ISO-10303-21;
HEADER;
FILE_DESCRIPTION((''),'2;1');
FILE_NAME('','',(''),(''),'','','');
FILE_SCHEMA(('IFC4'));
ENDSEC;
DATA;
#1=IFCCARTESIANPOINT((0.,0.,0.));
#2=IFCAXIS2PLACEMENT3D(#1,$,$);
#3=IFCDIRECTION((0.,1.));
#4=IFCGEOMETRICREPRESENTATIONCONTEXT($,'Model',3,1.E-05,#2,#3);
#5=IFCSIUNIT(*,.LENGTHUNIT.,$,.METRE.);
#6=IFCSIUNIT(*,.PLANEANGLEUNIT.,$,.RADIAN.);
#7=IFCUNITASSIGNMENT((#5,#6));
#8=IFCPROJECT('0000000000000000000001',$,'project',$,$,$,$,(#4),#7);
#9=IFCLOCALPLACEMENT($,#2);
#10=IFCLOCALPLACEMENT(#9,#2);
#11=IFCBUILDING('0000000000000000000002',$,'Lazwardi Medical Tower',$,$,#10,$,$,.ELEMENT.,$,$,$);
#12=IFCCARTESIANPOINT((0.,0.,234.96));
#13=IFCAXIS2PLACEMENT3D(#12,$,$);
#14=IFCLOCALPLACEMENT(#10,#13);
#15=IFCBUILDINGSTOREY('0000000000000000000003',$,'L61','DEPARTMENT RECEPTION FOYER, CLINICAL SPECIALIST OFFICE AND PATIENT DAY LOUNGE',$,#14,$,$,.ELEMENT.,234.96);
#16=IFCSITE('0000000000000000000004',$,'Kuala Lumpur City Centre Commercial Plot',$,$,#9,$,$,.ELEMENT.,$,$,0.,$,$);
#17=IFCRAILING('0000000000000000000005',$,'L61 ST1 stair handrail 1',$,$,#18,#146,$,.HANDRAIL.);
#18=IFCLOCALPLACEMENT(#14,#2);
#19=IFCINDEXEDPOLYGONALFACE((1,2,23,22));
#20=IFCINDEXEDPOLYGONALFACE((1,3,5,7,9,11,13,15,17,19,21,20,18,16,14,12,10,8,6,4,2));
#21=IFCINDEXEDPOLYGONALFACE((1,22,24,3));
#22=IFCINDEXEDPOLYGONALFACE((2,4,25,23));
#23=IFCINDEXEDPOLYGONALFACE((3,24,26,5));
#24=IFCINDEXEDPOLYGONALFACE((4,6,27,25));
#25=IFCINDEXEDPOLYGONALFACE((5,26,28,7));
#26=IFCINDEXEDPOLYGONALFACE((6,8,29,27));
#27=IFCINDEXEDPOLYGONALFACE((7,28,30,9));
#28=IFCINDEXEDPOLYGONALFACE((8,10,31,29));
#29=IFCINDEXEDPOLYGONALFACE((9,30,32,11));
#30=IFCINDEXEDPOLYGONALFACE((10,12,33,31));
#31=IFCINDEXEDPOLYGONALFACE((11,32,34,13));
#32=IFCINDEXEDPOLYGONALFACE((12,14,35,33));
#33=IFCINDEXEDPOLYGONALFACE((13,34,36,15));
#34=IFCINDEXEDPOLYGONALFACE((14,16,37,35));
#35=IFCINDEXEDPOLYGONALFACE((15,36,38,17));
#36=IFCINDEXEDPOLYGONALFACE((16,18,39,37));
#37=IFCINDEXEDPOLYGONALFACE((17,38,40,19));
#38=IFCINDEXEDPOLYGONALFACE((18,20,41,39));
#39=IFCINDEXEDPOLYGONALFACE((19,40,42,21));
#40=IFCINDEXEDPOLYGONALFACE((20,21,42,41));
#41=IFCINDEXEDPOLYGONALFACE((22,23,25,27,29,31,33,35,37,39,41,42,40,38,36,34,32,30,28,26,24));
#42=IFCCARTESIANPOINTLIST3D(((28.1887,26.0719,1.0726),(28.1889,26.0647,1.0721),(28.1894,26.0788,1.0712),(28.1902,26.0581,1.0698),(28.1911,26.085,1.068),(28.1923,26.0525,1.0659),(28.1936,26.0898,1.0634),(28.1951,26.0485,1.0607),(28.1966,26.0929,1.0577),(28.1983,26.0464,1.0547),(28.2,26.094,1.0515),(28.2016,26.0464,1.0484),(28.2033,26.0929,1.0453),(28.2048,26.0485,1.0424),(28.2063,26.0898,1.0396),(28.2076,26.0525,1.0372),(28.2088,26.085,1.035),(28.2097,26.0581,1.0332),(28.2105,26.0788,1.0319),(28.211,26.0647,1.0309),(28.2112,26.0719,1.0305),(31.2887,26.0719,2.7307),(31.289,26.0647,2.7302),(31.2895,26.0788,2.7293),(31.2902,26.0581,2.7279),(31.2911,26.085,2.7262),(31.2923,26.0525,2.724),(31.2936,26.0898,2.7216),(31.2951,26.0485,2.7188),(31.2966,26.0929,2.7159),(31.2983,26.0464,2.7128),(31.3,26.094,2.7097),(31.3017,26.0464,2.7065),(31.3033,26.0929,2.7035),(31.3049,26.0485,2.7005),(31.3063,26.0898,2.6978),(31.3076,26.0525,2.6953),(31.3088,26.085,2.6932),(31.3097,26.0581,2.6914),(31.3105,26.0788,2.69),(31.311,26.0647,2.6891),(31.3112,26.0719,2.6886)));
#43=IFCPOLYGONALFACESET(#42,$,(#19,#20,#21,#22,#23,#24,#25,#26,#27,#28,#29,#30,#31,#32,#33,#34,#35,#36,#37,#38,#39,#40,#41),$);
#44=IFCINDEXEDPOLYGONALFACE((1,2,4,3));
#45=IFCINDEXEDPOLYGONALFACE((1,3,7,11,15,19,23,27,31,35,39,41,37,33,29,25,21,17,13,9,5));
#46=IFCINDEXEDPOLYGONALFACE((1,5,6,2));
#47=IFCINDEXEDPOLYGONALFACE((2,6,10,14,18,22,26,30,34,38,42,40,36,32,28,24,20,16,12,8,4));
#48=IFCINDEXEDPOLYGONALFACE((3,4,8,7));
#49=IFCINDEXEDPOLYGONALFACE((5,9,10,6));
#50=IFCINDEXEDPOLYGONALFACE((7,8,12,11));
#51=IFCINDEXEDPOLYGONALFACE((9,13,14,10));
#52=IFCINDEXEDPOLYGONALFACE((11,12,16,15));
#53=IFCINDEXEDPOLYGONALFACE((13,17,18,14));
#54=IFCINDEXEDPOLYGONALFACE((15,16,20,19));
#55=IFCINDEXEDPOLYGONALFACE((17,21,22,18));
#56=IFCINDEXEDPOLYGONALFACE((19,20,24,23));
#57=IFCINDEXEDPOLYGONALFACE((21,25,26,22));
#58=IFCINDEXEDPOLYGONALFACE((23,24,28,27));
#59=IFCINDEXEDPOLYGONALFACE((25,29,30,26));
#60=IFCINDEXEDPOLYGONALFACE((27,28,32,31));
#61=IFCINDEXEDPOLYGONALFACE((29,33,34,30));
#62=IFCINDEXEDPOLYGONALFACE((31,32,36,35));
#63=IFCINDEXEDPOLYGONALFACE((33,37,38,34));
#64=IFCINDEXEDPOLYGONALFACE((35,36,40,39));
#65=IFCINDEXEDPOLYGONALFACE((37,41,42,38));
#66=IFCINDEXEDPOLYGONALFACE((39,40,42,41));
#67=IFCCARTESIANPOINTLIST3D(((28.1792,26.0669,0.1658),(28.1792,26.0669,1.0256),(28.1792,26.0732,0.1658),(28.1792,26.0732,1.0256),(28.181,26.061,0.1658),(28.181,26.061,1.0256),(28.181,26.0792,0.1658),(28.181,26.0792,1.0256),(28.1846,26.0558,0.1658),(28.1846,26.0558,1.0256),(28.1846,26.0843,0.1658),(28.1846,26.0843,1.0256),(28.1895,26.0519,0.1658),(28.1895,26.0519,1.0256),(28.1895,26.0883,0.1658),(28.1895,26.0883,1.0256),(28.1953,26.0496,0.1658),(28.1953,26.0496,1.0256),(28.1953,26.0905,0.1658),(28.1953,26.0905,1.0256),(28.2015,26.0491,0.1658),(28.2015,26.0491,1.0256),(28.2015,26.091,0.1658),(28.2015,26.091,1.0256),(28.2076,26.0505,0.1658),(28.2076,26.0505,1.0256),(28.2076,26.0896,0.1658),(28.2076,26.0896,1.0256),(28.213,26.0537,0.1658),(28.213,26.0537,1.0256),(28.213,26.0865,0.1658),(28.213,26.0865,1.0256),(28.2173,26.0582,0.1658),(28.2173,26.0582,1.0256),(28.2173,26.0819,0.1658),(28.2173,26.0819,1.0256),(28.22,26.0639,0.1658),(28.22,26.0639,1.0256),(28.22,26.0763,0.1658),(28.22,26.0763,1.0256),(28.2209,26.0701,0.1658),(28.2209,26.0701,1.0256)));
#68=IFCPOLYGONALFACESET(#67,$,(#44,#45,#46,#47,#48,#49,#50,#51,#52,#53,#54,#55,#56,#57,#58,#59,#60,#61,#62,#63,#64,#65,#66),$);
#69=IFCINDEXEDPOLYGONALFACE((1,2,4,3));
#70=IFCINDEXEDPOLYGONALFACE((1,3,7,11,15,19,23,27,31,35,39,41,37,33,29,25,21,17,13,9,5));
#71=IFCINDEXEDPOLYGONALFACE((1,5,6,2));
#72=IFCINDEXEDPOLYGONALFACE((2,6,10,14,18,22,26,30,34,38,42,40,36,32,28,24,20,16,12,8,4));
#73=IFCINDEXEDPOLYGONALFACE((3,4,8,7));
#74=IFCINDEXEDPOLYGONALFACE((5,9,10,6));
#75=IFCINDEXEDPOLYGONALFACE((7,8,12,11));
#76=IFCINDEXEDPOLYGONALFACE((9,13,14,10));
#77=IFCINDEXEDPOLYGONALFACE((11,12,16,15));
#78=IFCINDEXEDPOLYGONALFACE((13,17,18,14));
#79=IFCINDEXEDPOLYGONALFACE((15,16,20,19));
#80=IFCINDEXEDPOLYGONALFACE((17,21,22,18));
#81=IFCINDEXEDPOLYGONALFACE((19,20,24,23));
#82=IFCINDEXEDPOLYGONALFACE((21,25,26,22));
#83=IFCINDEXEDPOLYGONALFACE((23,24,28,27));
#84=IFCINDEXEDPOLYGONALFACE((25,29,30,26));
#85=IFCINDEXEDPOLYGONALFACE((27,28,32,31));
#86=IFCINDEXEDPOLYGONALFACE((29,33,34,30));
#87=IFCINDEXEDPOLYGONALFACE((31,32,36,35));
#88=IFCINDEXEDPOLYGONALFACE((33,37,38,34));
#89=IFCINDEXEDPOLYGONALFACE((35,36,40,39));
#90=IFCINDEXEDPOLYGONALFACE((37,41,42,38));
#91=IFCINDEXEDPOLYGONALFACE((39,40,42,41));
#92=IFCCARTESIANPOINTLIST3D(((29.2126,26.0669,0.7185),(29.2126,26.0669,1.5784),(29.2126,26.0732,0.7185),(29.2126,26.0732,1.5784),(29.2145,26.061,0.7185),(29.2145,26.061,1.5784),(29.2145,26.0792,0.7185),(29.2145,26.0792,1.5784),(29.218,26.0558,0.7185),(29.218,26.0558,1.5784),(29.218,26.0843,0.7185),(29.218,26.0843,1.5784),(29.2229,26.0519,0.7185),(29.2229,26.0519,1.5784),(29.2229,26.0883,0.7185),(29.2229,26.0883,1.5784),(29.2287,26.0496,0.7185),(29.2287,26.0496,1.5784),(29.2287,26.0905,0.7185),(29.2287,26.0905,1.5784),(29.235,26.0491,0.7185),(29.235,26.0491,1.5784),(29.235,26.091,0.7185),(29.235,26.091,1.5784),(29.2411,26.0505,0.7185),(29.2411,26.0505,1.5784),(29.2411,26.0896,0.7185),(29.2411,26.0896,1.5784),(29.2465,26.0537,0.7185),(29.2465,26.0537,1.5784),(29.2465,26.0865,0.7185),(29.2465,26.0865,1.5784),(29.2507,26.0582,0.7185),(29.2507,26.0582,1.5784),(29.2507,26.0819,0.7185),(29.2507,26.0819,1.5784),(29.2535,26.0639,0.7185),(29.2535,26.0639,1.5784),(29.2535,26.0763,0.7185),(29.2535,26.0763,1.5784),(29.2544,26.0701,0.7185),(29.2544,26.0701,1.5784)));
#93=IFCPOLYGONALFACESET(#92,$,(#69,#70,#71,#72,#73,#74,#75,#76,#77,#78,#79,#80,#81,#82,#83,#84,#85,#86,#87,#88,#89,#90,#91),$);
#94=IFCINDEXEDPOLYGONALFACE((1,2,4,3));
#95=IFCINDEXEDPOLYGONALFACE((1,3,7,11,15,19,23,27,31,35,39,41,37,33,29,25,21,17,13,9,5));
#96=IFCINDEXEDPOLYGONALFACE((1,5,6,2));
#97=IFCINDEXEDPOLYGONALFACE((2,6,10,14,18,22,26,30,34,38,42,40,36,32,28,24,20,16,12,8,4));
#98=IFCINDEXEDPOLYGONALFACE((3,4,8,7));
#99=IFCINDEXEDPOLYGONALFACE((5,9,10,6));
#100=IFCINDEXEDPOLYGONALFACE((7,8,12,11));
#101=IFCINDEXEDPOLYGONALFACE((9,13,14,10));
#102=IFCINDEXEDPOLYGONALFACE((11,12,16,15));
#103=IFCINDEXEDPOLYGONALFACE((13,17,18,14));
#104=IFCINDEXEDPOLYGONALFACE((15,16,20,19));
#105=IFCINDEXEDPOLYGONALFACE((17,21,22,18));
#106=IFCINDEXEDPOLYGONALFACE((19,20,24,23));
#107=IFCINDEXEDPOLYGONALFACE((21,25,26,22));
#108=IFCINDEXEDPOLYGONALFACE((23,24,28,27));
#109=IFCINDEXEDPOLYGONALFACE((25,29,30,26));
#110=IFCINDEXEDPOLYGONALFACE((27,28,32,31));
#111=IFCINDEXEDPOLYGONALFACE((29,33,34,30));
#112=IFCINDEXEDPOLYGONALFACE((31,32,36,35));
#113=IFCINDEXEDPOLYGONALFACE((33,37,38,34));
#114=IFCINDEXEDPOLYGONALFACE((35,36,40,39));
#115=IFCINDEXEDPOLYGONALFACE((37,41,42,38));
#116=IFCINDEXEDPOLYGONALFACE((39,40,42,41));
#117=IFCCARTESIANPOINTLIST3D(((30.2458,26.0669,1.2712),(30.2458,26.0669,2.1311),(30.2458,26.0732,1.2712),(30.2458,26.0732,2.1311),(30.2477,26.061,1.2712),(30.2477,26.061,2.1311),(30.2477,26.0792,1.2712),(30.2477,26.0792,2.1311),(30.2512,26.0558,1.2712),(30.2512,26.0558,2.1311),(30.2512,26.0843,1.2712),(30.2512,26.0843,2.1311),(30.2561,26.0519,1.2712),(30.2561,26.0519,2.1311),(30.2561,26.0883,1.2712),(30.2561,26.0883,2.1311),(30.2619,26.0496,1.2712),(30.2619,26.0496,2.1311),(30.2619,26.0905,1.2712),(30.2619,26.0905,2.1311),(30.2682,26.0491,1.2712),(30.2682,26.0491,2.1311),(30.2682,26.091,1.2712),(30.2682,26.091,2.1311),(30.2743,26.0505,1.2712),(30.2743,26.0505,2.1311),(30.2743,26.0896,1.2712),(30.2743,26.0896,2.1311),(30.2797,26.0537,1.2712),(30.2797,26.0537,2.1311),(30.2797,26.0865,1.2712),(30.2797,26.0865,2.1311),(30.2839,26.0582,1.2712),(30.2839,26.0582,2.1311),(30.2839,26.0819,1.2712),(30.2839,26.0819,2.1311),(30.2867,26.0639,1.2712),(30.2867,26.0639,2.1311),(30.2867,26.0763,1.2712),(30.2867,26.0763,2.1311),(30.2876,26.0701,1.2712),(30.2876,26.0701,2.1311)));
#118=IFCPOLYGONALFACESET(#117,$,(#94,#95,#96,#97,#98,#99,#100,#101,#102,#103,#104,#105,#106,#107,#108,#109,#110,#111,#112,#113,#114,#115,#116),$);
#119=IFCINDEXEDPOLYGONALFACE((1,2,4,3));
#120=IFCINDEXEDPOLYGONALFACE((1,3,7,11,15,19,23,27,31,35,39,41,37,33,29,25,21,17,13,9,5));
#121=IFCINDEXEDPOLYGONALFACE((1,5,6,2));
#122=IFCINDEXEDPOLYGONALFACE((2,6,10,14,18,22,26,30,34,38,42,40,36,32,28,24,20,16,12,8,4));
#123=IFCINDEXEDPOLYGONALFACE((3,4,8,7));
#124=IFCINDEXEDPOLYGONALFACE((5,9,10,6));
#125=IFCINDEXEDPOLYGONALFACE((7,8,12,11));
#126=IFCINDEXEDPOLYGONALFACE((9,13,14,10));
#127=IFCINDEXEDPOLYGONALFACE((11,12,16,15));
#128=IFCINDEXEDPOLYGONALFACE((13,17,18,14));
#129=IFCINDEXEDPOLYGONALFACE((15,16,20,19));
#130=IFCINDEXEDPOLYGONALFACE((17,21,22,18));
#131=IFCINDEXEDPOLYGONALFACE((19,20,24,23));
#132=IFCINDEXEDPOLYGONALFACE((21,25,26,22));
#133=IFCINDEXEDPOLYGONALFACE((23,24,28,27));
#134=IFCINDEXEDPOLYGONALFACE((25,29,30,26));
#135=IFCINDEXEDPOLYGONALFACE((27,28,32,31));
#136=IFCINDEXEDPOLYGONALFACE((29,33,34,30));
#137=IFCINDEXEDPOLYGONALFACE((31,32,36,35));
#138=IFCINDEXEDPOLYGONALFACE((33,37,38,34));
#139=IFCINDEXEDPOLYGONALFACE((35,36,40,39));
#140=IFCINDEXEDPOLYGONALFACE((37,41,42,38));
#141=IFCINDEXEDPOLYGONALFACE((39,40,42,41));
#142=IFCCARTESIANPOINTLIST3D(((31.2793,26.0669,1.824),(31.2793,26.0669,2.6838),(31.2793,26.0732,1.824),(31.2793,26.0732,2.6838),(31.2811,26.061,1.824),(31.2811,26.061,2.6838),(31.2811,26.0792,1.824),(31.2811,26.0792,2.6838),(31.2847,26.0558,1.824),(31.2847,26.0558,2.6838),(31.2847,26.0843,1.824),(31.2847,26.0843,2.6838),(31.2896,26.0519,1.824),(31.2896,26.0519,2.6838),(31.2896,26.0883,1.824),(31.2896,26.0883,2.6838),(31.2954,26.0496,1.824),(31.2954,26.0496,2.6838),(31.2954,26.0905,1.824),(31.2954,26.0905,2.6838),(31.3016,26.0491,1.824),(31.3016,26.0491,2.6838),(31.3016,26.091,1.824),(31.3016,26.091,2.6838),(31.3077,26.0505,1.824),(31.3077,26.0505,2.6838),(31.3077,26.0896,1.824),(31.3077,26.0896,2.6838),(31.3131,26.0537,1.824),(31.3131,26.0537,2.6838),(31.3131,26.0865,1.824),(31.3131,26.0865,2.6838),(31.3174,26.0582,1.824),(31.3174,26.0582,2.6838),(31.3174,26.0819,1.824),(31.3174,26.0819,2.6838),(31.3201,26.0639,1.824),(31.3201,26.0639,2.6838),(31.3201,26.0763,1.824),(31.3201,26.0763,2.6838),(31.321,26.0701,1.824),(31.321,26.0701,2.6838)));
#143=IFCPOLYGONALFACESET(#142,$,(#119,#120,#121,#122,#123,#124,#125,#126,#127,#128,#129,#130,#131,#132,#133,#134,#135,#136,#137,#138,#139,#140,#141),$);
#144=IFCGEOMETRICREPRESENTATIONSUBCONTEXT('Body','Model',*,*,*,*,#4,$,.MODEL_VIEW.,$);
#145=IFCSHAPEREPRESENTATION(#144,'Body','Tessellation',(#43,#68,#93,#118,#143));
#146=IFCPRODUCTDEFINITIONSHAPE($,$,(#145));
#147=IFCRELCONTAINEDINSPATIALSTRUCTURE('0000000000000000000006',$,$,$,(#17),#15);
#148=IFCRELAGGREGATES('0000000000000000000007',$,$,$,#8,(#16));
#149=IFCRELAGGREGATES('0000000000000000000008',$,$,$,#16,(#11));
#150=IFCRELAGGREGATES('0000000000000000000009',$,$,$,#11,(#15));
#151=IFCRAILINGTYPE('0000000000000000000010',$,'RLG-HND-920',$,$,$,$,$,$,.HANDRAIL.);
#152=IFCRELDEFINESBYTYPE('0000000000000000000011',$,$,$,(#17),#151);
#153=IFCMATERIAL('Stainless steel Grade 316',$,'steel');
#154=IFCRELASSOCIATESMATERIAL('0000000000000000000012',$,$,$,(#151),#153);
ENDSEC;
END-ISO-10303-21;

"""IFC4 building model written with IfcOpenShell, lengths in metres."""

from ifc_helpers import new_model, si_unit, direction, frame, origin, origin_2d, place, context, subcontext, project, spatial, circle, extrude, material, type_object, element, save


model = new_model("IFC4")

# Units and contexts
model_context = context("Model", 3, precision=1e-05, world=origin(), true_north=direction((0.0, 1.0)))
body_context = subcontext(model_context, "Body", "Model", "MODEL_VIEW")
ifc_project = project(units=[si_unit("LENGTHUNIT", "METRE"), si_unit("PLANEANGLEUNIT", "RADIAN")], contexts=[model_context])

# Site, building, storey
site_placement = place(None, origin())
site = spatial("IfcSite", under=ifc_project, at=site_placement, Name="Kuala Lumpur City Centre Commercial Plot", CompositionType="ELEMENT", RefElevation=0.0)
building_placement = place(site_placement, origin())
building = spatial("IfcBuilding", under=site, at=building_placement, Name="Lazwardi Medical Tower", CompositionType="ELEMENT")
storey_placement = place(building_placement, frame((0.0, 0.0, 234.96)))
storey = spatial("IfcBuildingStorey", under=building, at=storey_placement, Name="L61", Description="DEPARTMENT RECEPTION FOYER, CLINICAL SPECIALIST OFFICE AND PATIENT DAY LOUNGE", CompositionType="ELEMENT", Elevation=234.96)

# Railing
ifc_material_1 = material(Name="Stainless steel Grade 316", Category="steel")
railing_type_1 = type_object("IfcRailingType", Name="RLG-HND-920", PredefinedType="HANDRAIL", material=ifc_material_1)
railing_1_placement = place(storey_placement, frame((28.2, 26.0701, 0.1658)))
element("IfcRailing", 1, at=railing_1_placement, inside=storey, type_object=railing_type_1, Name="L61 ST1 stair handrail 1", PredefinedType="HANDRAIL", context=body_context, shape_type="SweptSolid", body=[
    extrude(circle(Radius=0.0239, at=origin_2d()), frame((0.0, 0.0, 0.8857), z_axis=(0.881783, 0.0, 0.471655), x_axis=(0.0, 1.0, 0.0)), (0.0, 0.0, 1.0), 3.5156),
    extrude(circle(Radius=0.021, at=origin_2d()), origin(), (0.0, 0.0, 1.0), 0.8599),
    extrude(circle(Radius=0.021, at=origin_2d()), frame((1.0334, 0.0, 0.5527)), (0.0, 0.0, 1.0), 0.8599),
    extrude(circle(Radius=0.021, at=origin_2d()), frame((2.0667, 0.0, 1.1055)), (0.0, 0.0, 1.0), 0.8599),
    extrude(circle(Radius=0.021, at=origin_2d()), frame((3.1001, 0.0, 1.6582)), (0.0, 0.0, 1.0), 0.8599),
])

save(model, "model.ifc")
